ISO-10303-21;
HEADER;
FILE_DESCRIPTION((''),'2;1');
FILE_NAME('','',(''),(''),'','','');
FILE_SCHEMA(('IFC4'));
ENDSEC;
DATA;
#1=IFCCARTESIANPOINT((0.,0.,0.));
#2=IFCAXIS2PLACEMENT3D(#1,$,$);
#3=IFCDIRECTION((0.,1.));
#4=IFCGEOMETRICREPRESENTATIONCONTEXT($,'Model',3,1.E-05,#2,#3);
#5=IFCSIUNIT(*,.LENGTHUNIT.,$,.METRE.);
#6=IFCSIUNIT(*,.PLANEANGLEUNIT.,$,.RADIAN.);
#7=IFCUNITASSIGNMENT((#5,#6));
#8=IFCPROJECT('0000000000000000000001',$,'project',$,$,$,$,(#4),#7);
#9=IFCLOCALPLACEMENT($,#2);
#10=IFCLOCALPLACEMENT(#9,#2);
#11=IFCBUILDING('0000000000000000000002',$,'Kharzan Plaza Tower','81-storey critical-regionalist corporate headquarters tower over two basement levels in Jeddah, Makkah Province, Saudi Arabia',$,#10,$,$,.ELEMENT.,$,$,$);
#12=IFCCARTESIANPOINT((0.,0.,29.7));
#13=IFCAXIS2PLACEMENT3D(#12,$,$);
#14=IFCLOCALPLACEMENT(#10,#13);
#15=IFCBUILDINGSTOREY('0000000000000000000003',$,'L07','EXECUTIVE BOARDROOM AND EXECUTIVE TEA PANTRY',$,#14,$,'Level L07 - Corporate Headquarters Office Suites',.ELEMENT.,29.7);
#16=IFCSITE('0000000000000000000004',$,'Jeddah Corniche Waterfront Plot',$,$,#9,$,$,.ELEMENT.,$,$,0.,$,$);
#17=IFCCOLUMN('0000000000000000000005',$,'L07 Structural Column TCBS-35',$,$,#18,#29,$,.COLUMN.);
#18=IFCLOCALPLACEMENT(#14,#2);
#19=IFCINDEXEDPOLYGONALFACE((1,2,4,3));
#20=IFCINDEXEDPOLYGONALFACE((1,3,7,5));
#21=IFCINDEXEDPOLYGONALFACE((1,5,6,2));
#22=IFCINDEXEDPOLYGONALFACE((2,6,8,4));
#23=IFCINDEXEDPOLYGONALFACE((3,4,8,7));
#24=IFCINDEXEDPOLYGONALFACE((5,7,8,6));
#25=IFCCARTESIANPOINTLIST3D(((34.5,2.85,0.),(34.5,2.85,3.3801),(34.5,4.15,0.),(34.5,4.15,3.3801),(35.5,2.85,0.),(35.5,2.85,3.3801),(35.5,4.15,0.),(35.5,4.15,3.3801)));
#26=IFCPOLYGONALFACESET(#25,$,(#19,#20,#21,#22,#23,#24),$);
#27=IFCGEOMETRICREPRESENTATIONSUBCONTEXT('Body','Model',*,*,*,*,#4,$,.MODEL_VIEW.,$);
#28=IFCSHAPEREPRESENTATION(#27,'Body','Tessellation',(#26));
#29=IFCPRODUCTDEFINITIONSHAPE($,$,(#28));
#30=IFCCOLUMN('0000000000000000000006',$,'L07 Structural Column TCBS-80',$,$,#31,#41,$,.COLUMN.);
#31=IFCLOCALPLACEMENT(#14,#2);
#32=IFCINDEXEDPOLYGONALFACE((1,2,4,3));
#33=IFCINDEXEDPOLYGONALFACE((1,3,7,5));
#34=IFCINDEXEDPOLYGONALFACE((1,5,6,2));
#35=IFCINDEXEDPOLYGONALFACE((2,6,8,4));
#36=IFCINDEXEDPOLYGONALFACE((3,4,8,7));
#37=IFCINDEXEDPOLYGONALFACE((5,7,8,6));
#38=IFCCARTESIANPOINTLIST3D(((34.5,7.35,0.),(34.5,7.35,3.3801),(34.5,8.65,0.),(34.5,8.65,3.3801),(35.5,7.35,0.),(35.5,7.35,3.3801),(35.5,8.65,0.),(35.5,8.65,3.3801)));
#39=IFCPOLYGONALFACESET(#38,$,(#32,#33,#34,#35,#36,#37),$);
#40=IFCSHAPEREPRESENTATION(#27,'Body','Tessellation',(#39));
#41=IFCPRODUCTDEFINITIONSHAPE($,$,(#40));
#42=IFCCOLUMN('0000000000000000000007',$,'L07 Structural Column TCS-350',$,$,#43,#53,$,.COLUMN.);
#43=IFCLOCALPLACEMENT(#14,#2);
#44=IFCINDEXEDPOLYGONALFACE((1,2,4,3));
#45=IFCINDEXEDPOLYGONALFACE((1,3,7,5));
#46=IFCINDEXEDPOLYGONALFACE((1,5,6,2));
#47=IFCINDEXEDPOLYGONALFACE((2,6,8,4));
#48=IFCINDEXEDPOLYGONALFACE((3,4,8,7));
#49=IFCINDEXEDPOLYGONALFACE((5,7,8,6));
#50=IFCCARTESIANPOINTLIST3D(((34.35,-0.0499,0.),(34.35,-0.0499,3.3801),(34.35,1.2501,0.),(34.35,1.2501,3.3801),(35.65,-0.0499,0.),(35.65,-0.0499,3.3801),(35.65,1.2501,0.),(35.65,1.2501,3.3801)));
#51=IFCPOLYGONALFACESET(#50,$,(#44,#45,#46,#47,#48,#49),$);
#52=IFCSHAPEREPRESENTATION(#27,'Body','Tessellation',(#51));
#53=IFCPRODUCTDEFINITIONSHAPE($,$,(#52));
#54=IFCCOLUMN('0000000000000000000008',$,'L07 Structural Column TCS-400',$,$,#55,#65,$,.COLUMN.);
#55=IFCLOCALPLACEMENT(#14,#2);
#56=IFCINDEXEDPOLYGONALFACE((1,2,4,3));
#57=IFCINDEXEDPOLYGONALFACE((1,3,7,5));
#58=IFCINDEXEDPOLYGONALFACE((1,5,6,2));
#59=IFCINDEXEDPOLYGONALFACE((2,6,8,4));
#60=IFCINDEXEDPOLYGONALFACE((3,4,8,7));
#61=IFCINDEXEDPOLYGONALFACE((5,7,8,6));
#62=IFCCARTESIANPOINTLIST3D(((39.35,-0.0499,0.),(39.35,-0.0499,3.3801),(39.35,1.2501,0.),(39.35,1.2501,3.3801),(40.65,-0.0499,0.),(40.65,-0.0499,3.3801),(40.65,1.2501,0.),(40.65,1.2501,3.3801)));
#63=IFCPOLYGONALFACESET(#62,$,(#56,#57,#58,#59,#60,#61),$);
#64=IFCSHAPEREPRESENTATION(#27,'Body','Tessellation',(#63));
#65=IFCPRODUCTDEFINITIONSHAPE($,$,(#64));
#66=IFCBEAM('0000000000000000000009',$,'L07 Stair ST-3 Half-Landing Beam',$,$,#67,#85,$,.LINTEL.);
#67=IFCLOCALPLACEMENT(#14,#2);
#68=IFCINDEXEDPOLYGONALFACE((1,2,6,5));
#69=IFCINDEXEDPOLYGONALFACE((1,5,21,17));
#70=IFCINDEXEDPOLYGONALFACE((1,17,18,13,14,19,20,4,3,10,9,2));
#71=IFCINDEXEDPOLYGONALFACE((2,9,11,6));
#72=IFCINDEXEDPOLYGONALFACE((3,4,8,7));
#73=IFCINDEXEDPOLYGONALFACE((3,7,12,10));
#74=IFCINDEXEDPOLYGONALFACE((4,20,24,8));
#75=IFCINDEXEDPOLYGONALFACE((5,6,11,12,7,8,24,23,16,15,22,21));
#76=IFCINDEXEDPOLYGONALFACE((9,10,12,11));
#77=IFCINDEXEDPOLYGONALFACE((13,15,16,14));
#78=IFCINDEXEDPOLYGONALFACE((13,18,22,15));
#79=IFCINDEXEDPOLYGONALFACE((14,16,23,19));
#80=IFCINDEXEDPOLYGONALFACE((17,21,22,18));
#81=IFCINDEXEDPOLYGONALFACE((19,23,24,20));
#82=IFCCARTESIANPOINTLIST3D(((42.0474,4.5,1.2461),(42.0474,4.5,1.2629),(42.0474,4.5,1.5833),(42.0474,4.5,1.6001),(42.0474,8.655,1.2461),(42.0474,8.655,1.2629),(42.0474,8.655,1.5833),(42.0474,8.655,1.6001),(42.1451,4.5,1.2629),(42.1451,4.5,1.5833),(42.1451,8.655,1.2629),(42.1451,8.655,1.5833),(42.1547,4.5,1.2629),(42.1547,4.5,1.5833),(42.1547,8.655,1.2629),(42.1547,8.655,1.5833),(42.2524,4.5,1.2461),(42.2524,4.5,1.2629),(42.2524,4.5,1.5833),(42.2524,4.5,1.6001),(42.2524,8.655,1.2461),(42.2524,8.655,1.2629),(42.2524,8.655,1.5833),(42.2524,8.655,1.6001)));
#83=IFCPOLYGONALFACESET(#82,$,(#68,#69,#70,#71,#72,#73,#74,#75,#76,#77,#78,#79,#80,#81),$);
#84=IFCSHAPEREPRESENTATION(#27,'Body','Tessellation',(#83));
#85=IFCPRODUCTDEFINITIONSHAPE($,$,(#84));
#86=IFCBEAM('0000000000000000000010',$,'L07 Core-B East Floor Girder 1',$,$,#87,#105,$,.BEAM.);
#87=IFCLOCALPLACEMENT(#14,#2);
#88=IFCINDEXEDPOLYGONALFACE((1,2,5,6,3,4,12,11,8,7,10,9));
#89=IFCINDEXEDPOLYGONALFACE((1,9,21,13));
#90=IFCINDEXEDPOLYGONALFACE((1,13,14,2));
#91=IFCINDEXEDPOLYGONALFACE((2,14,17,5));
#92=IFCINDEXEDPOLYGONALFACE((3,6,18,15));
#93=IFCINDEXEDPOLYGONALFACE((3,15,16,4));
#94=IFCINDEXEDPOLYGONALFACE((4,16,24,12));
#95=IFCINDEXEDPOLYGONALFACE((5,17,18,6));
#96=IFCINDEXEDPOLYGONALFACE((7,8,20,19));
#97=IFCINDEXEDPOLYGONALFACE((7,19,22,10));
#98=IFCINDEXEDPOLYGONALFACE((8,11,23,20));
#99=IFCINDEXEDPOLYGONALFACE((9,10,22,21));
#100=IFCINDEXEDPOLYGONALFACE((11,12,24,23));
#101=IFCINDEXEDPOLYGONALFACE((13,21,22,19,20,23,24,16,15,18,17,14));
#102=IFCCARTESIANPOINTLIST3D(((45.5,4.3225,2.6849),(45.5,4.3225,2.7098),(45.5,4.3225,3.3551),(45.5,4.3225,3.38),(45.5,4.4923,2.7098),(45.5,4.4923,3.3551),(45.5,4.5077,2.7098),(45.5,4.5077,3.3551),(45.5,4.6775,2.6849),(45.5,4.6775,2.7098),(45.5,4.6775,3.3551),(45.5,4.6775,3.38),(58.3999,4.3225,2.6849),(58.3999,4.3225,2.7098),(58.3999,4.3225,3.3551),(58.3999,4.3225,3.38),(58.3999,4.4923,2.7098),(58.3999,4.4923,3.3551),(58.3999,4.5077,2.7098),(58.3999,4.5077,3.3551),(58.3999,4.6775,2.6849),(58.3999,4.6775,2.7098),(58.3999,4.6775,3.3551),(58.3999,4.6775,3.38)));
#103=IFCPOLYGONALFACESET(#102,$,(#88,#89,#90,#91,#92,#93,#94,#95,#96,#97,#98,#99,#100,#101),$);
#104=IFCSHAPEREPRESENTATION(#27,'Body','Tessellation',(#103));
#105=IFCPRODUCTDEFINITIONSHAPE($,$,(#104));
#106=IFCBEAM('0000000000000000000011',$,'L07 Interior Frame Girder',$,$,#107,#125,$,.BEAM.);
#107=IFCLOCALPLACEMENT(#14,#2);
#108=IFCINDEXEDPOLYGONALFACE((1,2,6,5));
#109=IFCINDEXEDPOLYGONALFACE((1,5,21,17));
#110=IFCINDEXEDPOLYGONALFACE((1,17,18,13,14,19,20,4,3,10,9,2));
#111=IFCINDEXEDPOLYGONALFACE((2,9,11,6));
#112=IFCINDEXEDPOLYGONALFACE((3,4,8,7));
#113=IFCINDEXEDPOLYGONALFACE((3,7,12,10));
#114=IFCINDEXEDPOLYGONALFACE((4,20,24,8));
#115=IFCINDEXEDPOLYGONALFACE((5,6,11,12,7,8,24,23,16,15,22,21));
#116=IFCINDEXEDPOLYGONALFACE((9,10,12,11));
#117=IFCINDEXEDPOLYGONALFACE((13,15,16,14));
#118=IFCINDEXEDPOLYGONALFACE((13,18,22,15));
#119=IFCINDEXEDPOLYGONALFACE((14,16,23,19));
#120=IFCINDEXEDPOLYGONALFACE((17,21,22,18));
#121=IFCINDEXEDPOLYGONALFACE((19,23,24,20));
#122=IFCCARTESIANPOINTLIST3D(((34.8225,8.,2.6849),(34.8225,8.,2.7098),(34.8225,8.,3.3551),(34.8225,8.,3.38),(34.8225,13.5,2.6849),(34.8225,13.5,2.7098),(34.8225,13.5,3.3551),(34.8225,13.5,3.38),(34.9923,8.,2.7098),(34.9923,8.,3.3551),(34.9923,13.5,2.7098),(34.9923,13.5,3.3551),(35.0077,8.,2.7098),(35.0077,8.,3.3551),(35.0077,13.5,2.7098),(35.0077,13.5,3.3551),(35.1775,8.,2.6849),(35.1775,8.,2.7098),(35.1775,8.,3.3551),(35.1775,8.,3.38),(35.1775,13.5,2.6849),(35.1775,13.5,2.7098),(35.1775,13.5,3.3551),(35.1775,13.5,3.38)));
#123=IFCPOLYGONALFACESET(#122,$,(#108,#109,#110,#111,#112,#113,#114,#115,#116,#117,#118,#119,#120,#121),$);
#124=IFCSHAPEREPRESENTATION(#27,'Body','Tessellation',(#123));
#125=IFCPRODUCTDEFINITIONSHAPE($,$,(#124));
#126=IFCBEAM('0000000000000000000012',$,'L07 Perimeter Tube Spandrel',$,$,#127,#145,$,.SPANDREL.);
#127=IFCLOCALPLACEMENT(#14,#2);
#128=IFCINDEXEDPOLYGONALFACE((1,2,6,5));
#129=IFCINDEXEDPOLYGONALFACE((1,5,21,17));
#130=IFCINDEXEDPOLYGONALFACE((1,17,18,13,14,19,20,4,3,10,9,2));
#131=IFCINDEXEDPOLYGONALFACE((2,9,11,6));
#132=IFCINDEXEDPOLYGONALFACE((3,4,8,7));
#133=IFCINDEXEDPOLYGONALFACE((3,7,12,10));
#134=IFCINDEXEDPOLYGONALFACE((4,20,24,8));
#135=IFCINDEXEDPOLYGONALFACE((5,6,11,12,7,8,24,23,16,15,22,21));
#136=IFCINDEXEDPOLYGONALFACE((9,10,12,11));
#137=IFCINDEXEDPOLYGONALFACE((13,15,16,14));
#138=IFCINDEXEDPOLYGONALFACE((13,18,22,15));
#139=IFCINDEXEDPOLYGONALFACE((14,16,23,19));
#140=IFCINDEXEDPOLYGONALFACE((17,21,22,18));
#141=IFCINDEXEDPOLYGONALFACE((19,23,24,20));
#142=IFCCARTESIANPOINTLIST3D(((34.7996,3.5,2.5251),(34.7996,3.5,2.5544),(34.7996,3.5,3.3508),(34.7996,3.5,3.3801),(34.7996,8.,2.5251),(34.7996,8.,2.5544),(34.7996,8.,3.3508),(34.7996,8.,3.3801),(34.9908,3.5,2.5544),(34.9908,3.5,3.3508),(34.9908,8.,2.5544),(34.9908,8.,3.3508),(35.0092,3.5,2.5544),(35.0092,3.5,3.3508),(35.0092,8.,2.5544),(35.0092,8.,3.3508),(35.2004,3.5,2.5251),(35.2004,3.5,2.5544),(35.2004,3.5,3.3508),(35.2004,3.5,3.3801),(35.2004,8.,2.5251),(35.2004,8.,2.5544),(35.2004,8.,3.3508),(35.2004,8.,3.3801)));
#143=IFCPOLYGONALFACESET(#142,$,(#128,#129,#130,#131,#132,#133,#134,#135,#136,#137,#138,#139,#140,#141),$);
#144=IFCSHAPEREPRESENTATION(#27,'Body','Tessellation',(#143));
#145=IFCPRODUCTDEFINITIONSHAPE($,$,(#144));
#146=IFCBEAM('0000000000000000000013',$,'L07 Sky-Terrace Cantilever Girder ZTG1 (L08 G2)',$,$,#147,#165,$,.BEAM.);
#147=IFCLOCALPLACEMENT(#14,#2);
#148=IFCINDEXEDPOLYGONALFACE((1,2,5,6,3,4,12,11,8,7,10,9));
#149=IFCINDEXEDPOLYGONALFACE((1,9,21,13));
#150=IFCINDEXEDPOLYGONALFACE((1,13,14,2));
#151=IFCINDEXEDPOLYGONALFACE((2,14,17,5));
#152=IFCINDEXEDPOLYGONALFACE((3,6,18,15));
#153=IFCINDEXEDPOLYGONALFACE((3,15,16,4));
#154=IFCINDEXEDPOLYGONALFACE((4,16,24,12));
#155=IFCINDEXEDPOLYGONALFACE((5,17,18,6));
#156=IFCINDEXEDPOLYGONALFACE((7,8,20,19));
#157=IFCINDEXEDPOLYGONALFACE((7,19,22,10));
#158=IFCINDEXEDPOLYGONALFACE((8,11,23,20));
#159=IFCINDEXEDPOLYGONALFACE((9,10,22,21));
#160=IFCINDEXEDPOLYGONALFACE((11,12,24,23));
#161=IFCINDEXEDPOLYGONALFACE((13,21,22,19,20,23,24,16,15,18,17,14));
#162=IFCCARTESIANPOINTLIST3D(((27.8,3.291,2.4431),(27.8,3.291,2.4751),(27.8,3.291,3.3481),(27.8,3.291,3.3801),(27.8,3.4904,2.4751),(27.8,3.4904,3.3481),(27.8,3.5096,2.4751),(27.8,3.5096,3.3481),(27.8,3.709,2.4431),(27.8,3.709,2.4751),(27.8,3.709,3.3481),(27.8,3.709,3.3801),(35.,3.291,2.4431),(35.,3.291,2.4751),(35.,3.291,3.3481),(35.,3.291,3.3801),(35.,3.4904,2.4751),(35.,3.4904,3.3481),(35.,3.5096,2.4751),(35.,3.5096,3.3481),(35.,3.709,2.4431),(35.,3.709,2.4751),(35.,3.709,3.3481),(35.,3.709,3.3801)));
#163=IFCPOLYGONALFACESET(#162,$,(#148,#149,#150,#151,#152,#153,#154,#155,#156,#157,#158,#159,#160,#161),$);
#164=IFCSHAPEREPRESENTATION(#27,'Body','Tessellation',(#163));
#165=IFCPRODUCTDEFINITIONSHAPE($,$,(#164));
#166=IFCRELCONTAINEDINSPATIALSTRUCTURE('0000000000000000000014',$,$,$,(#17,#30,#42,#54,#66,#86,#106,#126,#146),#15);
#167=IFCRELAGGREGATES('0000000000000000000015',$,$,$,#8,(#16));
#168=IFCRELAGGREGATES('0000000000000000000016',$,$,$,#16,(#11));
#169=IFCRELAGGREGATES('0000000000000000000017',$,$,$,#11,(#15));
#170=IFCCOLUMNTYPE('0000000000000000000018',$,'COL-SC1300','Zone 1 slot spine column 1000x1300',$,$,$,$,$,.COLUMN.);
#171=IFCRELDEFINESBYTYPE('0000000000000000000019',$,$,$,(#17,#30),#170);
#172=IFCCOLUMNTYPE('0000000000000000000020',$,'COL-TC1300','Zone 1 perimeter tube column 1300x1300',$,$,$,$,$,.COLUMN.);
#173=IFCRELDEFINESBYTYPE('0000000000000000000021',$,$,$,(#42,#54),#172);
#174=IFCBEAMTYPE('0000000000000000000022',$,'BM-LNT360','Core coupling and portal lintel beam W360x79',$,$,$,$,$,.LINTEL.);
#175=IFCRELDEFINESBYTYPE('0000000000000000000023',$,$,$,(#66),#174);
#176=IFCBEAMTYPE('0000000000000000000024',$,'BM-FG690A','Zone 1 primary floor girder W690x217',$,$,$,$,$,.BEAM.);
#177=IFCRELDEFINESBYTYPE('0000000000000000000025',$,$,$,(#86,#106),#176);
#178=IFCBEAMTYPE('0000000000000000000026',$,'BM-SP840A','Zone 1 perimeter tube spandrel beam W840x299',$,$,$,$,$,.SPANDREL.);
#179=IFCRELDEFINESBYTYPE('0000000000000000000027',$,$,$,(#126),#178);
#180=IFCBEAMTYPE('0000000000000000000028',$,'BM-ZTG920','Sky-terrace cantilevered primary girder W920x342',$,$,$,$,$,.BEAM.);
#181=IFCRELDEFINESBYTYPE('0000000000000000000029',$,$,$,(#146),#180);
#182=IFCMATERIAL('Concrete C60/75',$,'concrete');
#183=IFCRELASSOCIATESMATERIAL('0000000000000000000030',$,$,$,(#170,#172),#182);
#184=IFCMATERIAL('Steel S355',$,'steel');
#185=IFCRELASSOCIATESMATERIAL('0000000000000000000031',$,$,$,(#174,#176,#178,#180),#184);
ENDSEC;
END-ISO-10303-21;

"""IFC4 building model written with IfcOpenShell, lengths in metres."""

from ifc_helpers import new_model, si_unit, direction, frame, origin, origin_2d, place, context, subcontext, project, spatial, rectangle, i_section, extrude, source, transform, mapped, material, material_profile, profile_set, type_object, element, save


model = new_model("IFC4")

# Units and contexts
model_context = context("Model", 3, precision=1e-05, world=origin(), true_north=direction((0.0, 1.0)))
body_context = subcontext(model_context, "Body", "Model", "MODEL_VIEW")
ifc_project = project(units=[si_unit("LENGTHUNIT", "METRE"), si_unit("PLANEANGLEUNIT", "RADIAN")], contexts=[model_context])

# Site, building, storey
site_placement = place(None, origin())
site = spatial("IfcSite", under=ifc_project, at=site_placement, Name="Jeddah Corniche Waterfront Plot", CompositionType="ELEMENT", RefElevation=0.0)
building_placement = place(site_placement, origin())
building = spatial("IfcBuilding", under=site, at=building_placement, Name="Kharzan Plaza Tower", Description="81-storey critical-regionalist corporate headquarters tower over two basement levels in Jeddah, Makkah Province, Saudi Arabia", CompositionType="ELEMENT")
storey_placement = place(building_placement, frame((0.0, 0.0, 29.7)))
storey = spatial("IfcBuildingStorey", under=building, at=storey_placement, Name="L07", Description="EXECUTIVE BOARDROOM AND EXECUTIVE TEA PANTRY", LongName="Level L07 - Corporate Headquarters Office Suites", CompositionType="ELEMENT", Elevation=29.7)

# Columns
ifc_material_1 = material(Name="Concrete C60/75", Category="concrete")
ifc_material_profile_1 = material_profile(ifc_material_1, rectangle(XDim=1.0, YDim=1.3, at=origin_2d()), Name="RC-SC1300x1000")
ifc_profile_set_1 = profile_set([ifc_material_profile_1], Name="Concrete C60/75")
column_type_1 = type_object("IfcColumnType", Name="COL-SC1300", Description="Zone 1 slot spine column 1000x1300", PredefinedType="COLUMN", material=ifc_profile_set_1)
shared_shape_1 = source(origin(), body_context, "Body", "SweptSolid", [
    extrude(rectangle(XDim=1.0, YDim=1.3, at=origin_2d()), origin(), (0.0, 0.0, 1.0), 3.3801),
])
for number, where, z_axis, x_axis, name in (
    (1, (35.0, 3.5, 0.0), (0.0, 0.0, 1.0), (1.0, 0.0, 0.0), "L07 Structural Column TCBS-35"),
    (2, (35.0, 8.0, 0.0), (0.0, 0.0, 1.0), (1.0, 0.0, 0.0), "L07 Structural Column TCBS-80"),
):
    element("IfcColumn", number, at=place(storey_placement, frame(where, z_axis=z_axis, x_axis=x_axis)), inside=storey, type_object=column_type_1, Name=name, PredefinedType="COLUMN", context=body_context, shape_type="MappedRepresentation", body=[
        mapped(shared_shape_1, transform((0.0, 0.0, 0.0), x_axis=(1.0, 0.0, 0.0), y_axis=(0.0, 1.0, 0.0), z_axis=(0.0, 0.0, 1.0))),
    ])
ifc_material_profile_2 = material_profile(ifc_material_1, rectangle(XDim=1.3, YDim=1.3, at=origin_2d()), Name="RC-TC1300x1300")
ifc_profile_set_2 = profile_set([ifc_material_profile_2], Name="Concrete C60/75")
column_type_2 = type_object("IfcColumnType", Name="COL-TC1300", Description="Zone 1 perimeter tube column 1300x1300", PredefinedType="COLUMN", material=ifc_profile_set_2)
shared_shape_2 = source(origin(), body_context, "Body", "SweptSolid", [
    extrude(rectangle(XDim=1.3, YDim=1.3, at=origin_2d()), origin(), (0.0, 0.0, 1.0), 3.3801),
])
for number, where, z_axis, x_axis, name in (
    (3, (35.0, 0.6001, 0.0), (0.0, 0.0, 1.0), (1.0, 0.0, 0.0), "L07 Structural Column TCS-350"),
    (4, (40.0, 0.6001, 0.0), (0.0, 0.0, 1.0), (1.0, 0.0, 0.0), "L07 Structural Column TCS-400"),
):
    element("IfcColumn", number, at=place(storey_placement, frame(where, z_axis=z_axis, x_axis=x_axis)), inside=storey, type_object=column_type_2, Name=name, PredefinedType="COLUMN", context=body_context, shape_type="MappedRepresentation", body=[
        mapped(shared_shape_2, transform((0.0, 0.0, 0.0), x_axis=(1.0, 0.0, 0.0), y_axis=(0.0, 1.0, 0.0), z_axis=(0.0, 0.0, 1.0))),
    ])

# Beams
ifc_material_2 = material(Name="Steel S355", Category="steel")
ifc_material_profile_3 = material_profile(ifc_material_2, i_section(OverallWidth=0.2051, OverallDepth=0.354, WebThickness=0.0095, FlangeThickness=0.0168, at=origin_2d()), Name="W360x79")
ifc_profile_set_3 = profile_set([ifc_material_profile_3], Name="Steel S355")
beam_type_1 = type_object("IfcBeamType", Name="BM-LNT360", Description="Core coupling and portal lintel beam W360x79", PredefinedType="LINTEL", material=ifc_profile_set_3)
shared_shape_3 = source(origin(), body_context, "Body", "SweptSolid", [
    extrude(i_section(OverallWidth=0.2051, OverallDepth=0.354, WebThickness=0.0095, FlangeThickness=0.0168, at=origin_2d()), origin(), (0.0, 0.0, 1.0), 4.155),
])
beam_1_placement = place(storey_placement, frame((42.1499, 4.5, 1.4231), z_axis=(0.0, 1.0, 0.0), x_axis=(-1.0, 0.0, 0.0)))
element("IfcBeam", 5, at=beam_1_placement, inside=storey, type_object=beam_type_1, Name="L07 Stair ST-3 Half-Landing Beam", PredefinedType="LINTEL", context=body_context, shape_type="MappedRepresentation", body=[
    mapped(shared_shape_3, transform((0.0, 0.0, 0.0), x_axis=(1.0, 0.0, 0.0), y_axis=(0.0, 1.0, 0.0), z_axis=(0.0, 0.0, 1.0))),
])
ifc_material_profile_4 = material_profile(ifc_material_2, i_section(OverallWidth=0.355, OverallDepth=0.6951, WebThickness=0.0154, FlangeThickness=0.0249, at=origin_2d()), Name="W690x217")
ifc_profile_set_4 = profile_set([ifc_material_profile_4], Name="Steel S355")
beam_type_2 = type_object("IfcBeamType", Name="BM-FG690A", Description="Zone 1 primary floor girder W690x217", PredefinedType="BEAM", material=ifc_profile_set_4)
shared_shape_4 = source(origin(), body_context, "Body", "SweptSolid", [
    extrude(i_section(OverallWidth=0.355, OverallDepth=0.6951, WebThickness=0.0154, FlangeThickness=0.0249, at=origin_2d()), origin(), (0.0, 0.0, 1.0), 12.8999),
])
beam_2_placement = place(storey_placement, frame((45.5, 4.5, 3.0325), z_axis=(1.0, 0.0, 0.0), x_axis=(0.0, 1.0, 0.0)))
element("IfcBeam", 6, at=beam_2_placement, inside=storey, type_object=beam_type_2, Name="L07 Core-B East Floor Girder 1", PredefinedType="BEAM", context=body_context, shape_type="MappedRepresentation", body=[
    mapped(shared_shape_4, transform((0.0, 0.0, 0.0), x_axis=(1.0, 0.0, 0.0), y_axis=(0.0, 1.0, 0.0), z_axis=(0.0, 0.0, 1.0))),
])
shared_shape_5 = source(origin(), body_context, "Body", "SweptSolid", [
    extrude(i_section(OverallWidth=0.355, OverallDepth=0.6951, WebThickness=0.0154, FlangeThickness=0.0249, at=origin_2d()), origin(), (0.0, 0.0, 1.0), 5.5),
])
beam_3_placement = place(storey_placement, frame((35.0, 8.0, 3.0325), z_axis=(0.0, 1.0, 0.0), x_axis=(-1.0, 0.0, 0.0)))
element("IfcBeam", 7, at=beam_3_placement, inside=storey, type_object=beam_type_2, Name="L07 Interior Frame Girder", PredefinedType="BEAM", context=body_context, shape_type="MappedRepresentation", body=[
    mapped(shared_shape_5, transform((0.0, 0.0, 0.0), x_axis=(1.0, 0.0, 0.0), y_axis=(0.0, 1.0, 0.0), z_axis=(0.0, 0.0, 1.0))),
])
ifc_material_profile_5 = material_profile(ifc_material_2, i_section(OverallWidth=0.4009, OverallDepth=0.855, WebThickness=0.0183, FlangeThickness=0.0293, at=origin_2d()), Name="W840x299")
ifc_profile_set_5 = profile_set([ifc_material_profile_5], Name="Steel S355")
beam_type_3 = type_object("IfcBeamType", Name="BM-SP840A", Description="Zone 1 perimeter tube spandrel beam W840x299", PredefinedType="SPANDREL", material=ifc_profile_set_5)
shared_shape_6 = source(origin(), body_context, "Body", "SweptSolid", [
    extrude(i_section(OverallWidth=0.4009, OverallDepth=0.855, WebThickness=0.0183, FlangeThickness=0.0293, at=origin_2d()), origin(), (0.0, 0.0, 1.0), 4.5),
])
beam_4_placement = place(storey_placement, frame((35.0, 3.5, 2.9526), z_axis=(0.0, 1.0, 0.0), x_axis=(-1.0, 0.0, 0.0)))
element("IfcBeam", 8, at=beam_4_placement, inside=storey, type_object=beam_type_3, Name="L07 Perimeter Tube Spandrel", PredefinedType="SPANDREL", context=body_context, shape_type="MappedRepresentation", body=[
    mapped(shared_shape_6, transform((0.0, 0.0, 0.0), x_axis=(1.0, 0.0, 0.0), y_axis=(0.0, 1.0, 0.0), z_axis=(0.0, 0.0, 1.0))),
])
ifc_material_profile_6 = material_profile(ifc_material_2, i_section(OverallWidth=0.418, OverallDepth=0.937, WebThickness=0.0193, FlangeThickness=0.032, at=origin_2d()), Name="W920x342")
ifc_profile_set_6 = profile_set([ifc_material_profile_6], Name="Steel S355")
beam_type_4 = type_object("IfcBeamType", Name="BM-ZTG920", Description="Sky-terrace cantilevered primary girder W920x342", PredefinedType="BEAM", material=ifc_profile_set_6)
shared_shape_7 = source(origin(), body_context, "Body", "SweptSolid", [
    extrude(i_section(OverallWidth=0.418, OverallDepth=0.937, WebThickness=0.0193, FlangeThickness=0.032, at=origin_2d()), origin(), (0.0, 0.0, 1.0), 7.2),
])
beam_5_placement = place(storey_placement, frame((35.0, 3.5, 2.9116), z_axis=(-1.0, 0.0, 0.0), x_axis=(0.0, -1.0, 0.0)))
element("IfcBeam", 9, at=beam_5_placement, inside=storey, type_object=beam_type_4, Name="L07 Sky-Terrace Cantilever Girder ZTG1 (L08 G2)", PredefinedType="BEAM", context=body_context, shape_type="MappedRepresentation", body=[
    mapped(shared_shape_7, transform((0.0, 0.0, 0.0), x_axis=(1.0, 0.0, 0.0), y_axis=(0.0, 1.0, 0.0), z_axis=(0.0, 0.0, 1.0))),
])

save(model, "model.ifc")
